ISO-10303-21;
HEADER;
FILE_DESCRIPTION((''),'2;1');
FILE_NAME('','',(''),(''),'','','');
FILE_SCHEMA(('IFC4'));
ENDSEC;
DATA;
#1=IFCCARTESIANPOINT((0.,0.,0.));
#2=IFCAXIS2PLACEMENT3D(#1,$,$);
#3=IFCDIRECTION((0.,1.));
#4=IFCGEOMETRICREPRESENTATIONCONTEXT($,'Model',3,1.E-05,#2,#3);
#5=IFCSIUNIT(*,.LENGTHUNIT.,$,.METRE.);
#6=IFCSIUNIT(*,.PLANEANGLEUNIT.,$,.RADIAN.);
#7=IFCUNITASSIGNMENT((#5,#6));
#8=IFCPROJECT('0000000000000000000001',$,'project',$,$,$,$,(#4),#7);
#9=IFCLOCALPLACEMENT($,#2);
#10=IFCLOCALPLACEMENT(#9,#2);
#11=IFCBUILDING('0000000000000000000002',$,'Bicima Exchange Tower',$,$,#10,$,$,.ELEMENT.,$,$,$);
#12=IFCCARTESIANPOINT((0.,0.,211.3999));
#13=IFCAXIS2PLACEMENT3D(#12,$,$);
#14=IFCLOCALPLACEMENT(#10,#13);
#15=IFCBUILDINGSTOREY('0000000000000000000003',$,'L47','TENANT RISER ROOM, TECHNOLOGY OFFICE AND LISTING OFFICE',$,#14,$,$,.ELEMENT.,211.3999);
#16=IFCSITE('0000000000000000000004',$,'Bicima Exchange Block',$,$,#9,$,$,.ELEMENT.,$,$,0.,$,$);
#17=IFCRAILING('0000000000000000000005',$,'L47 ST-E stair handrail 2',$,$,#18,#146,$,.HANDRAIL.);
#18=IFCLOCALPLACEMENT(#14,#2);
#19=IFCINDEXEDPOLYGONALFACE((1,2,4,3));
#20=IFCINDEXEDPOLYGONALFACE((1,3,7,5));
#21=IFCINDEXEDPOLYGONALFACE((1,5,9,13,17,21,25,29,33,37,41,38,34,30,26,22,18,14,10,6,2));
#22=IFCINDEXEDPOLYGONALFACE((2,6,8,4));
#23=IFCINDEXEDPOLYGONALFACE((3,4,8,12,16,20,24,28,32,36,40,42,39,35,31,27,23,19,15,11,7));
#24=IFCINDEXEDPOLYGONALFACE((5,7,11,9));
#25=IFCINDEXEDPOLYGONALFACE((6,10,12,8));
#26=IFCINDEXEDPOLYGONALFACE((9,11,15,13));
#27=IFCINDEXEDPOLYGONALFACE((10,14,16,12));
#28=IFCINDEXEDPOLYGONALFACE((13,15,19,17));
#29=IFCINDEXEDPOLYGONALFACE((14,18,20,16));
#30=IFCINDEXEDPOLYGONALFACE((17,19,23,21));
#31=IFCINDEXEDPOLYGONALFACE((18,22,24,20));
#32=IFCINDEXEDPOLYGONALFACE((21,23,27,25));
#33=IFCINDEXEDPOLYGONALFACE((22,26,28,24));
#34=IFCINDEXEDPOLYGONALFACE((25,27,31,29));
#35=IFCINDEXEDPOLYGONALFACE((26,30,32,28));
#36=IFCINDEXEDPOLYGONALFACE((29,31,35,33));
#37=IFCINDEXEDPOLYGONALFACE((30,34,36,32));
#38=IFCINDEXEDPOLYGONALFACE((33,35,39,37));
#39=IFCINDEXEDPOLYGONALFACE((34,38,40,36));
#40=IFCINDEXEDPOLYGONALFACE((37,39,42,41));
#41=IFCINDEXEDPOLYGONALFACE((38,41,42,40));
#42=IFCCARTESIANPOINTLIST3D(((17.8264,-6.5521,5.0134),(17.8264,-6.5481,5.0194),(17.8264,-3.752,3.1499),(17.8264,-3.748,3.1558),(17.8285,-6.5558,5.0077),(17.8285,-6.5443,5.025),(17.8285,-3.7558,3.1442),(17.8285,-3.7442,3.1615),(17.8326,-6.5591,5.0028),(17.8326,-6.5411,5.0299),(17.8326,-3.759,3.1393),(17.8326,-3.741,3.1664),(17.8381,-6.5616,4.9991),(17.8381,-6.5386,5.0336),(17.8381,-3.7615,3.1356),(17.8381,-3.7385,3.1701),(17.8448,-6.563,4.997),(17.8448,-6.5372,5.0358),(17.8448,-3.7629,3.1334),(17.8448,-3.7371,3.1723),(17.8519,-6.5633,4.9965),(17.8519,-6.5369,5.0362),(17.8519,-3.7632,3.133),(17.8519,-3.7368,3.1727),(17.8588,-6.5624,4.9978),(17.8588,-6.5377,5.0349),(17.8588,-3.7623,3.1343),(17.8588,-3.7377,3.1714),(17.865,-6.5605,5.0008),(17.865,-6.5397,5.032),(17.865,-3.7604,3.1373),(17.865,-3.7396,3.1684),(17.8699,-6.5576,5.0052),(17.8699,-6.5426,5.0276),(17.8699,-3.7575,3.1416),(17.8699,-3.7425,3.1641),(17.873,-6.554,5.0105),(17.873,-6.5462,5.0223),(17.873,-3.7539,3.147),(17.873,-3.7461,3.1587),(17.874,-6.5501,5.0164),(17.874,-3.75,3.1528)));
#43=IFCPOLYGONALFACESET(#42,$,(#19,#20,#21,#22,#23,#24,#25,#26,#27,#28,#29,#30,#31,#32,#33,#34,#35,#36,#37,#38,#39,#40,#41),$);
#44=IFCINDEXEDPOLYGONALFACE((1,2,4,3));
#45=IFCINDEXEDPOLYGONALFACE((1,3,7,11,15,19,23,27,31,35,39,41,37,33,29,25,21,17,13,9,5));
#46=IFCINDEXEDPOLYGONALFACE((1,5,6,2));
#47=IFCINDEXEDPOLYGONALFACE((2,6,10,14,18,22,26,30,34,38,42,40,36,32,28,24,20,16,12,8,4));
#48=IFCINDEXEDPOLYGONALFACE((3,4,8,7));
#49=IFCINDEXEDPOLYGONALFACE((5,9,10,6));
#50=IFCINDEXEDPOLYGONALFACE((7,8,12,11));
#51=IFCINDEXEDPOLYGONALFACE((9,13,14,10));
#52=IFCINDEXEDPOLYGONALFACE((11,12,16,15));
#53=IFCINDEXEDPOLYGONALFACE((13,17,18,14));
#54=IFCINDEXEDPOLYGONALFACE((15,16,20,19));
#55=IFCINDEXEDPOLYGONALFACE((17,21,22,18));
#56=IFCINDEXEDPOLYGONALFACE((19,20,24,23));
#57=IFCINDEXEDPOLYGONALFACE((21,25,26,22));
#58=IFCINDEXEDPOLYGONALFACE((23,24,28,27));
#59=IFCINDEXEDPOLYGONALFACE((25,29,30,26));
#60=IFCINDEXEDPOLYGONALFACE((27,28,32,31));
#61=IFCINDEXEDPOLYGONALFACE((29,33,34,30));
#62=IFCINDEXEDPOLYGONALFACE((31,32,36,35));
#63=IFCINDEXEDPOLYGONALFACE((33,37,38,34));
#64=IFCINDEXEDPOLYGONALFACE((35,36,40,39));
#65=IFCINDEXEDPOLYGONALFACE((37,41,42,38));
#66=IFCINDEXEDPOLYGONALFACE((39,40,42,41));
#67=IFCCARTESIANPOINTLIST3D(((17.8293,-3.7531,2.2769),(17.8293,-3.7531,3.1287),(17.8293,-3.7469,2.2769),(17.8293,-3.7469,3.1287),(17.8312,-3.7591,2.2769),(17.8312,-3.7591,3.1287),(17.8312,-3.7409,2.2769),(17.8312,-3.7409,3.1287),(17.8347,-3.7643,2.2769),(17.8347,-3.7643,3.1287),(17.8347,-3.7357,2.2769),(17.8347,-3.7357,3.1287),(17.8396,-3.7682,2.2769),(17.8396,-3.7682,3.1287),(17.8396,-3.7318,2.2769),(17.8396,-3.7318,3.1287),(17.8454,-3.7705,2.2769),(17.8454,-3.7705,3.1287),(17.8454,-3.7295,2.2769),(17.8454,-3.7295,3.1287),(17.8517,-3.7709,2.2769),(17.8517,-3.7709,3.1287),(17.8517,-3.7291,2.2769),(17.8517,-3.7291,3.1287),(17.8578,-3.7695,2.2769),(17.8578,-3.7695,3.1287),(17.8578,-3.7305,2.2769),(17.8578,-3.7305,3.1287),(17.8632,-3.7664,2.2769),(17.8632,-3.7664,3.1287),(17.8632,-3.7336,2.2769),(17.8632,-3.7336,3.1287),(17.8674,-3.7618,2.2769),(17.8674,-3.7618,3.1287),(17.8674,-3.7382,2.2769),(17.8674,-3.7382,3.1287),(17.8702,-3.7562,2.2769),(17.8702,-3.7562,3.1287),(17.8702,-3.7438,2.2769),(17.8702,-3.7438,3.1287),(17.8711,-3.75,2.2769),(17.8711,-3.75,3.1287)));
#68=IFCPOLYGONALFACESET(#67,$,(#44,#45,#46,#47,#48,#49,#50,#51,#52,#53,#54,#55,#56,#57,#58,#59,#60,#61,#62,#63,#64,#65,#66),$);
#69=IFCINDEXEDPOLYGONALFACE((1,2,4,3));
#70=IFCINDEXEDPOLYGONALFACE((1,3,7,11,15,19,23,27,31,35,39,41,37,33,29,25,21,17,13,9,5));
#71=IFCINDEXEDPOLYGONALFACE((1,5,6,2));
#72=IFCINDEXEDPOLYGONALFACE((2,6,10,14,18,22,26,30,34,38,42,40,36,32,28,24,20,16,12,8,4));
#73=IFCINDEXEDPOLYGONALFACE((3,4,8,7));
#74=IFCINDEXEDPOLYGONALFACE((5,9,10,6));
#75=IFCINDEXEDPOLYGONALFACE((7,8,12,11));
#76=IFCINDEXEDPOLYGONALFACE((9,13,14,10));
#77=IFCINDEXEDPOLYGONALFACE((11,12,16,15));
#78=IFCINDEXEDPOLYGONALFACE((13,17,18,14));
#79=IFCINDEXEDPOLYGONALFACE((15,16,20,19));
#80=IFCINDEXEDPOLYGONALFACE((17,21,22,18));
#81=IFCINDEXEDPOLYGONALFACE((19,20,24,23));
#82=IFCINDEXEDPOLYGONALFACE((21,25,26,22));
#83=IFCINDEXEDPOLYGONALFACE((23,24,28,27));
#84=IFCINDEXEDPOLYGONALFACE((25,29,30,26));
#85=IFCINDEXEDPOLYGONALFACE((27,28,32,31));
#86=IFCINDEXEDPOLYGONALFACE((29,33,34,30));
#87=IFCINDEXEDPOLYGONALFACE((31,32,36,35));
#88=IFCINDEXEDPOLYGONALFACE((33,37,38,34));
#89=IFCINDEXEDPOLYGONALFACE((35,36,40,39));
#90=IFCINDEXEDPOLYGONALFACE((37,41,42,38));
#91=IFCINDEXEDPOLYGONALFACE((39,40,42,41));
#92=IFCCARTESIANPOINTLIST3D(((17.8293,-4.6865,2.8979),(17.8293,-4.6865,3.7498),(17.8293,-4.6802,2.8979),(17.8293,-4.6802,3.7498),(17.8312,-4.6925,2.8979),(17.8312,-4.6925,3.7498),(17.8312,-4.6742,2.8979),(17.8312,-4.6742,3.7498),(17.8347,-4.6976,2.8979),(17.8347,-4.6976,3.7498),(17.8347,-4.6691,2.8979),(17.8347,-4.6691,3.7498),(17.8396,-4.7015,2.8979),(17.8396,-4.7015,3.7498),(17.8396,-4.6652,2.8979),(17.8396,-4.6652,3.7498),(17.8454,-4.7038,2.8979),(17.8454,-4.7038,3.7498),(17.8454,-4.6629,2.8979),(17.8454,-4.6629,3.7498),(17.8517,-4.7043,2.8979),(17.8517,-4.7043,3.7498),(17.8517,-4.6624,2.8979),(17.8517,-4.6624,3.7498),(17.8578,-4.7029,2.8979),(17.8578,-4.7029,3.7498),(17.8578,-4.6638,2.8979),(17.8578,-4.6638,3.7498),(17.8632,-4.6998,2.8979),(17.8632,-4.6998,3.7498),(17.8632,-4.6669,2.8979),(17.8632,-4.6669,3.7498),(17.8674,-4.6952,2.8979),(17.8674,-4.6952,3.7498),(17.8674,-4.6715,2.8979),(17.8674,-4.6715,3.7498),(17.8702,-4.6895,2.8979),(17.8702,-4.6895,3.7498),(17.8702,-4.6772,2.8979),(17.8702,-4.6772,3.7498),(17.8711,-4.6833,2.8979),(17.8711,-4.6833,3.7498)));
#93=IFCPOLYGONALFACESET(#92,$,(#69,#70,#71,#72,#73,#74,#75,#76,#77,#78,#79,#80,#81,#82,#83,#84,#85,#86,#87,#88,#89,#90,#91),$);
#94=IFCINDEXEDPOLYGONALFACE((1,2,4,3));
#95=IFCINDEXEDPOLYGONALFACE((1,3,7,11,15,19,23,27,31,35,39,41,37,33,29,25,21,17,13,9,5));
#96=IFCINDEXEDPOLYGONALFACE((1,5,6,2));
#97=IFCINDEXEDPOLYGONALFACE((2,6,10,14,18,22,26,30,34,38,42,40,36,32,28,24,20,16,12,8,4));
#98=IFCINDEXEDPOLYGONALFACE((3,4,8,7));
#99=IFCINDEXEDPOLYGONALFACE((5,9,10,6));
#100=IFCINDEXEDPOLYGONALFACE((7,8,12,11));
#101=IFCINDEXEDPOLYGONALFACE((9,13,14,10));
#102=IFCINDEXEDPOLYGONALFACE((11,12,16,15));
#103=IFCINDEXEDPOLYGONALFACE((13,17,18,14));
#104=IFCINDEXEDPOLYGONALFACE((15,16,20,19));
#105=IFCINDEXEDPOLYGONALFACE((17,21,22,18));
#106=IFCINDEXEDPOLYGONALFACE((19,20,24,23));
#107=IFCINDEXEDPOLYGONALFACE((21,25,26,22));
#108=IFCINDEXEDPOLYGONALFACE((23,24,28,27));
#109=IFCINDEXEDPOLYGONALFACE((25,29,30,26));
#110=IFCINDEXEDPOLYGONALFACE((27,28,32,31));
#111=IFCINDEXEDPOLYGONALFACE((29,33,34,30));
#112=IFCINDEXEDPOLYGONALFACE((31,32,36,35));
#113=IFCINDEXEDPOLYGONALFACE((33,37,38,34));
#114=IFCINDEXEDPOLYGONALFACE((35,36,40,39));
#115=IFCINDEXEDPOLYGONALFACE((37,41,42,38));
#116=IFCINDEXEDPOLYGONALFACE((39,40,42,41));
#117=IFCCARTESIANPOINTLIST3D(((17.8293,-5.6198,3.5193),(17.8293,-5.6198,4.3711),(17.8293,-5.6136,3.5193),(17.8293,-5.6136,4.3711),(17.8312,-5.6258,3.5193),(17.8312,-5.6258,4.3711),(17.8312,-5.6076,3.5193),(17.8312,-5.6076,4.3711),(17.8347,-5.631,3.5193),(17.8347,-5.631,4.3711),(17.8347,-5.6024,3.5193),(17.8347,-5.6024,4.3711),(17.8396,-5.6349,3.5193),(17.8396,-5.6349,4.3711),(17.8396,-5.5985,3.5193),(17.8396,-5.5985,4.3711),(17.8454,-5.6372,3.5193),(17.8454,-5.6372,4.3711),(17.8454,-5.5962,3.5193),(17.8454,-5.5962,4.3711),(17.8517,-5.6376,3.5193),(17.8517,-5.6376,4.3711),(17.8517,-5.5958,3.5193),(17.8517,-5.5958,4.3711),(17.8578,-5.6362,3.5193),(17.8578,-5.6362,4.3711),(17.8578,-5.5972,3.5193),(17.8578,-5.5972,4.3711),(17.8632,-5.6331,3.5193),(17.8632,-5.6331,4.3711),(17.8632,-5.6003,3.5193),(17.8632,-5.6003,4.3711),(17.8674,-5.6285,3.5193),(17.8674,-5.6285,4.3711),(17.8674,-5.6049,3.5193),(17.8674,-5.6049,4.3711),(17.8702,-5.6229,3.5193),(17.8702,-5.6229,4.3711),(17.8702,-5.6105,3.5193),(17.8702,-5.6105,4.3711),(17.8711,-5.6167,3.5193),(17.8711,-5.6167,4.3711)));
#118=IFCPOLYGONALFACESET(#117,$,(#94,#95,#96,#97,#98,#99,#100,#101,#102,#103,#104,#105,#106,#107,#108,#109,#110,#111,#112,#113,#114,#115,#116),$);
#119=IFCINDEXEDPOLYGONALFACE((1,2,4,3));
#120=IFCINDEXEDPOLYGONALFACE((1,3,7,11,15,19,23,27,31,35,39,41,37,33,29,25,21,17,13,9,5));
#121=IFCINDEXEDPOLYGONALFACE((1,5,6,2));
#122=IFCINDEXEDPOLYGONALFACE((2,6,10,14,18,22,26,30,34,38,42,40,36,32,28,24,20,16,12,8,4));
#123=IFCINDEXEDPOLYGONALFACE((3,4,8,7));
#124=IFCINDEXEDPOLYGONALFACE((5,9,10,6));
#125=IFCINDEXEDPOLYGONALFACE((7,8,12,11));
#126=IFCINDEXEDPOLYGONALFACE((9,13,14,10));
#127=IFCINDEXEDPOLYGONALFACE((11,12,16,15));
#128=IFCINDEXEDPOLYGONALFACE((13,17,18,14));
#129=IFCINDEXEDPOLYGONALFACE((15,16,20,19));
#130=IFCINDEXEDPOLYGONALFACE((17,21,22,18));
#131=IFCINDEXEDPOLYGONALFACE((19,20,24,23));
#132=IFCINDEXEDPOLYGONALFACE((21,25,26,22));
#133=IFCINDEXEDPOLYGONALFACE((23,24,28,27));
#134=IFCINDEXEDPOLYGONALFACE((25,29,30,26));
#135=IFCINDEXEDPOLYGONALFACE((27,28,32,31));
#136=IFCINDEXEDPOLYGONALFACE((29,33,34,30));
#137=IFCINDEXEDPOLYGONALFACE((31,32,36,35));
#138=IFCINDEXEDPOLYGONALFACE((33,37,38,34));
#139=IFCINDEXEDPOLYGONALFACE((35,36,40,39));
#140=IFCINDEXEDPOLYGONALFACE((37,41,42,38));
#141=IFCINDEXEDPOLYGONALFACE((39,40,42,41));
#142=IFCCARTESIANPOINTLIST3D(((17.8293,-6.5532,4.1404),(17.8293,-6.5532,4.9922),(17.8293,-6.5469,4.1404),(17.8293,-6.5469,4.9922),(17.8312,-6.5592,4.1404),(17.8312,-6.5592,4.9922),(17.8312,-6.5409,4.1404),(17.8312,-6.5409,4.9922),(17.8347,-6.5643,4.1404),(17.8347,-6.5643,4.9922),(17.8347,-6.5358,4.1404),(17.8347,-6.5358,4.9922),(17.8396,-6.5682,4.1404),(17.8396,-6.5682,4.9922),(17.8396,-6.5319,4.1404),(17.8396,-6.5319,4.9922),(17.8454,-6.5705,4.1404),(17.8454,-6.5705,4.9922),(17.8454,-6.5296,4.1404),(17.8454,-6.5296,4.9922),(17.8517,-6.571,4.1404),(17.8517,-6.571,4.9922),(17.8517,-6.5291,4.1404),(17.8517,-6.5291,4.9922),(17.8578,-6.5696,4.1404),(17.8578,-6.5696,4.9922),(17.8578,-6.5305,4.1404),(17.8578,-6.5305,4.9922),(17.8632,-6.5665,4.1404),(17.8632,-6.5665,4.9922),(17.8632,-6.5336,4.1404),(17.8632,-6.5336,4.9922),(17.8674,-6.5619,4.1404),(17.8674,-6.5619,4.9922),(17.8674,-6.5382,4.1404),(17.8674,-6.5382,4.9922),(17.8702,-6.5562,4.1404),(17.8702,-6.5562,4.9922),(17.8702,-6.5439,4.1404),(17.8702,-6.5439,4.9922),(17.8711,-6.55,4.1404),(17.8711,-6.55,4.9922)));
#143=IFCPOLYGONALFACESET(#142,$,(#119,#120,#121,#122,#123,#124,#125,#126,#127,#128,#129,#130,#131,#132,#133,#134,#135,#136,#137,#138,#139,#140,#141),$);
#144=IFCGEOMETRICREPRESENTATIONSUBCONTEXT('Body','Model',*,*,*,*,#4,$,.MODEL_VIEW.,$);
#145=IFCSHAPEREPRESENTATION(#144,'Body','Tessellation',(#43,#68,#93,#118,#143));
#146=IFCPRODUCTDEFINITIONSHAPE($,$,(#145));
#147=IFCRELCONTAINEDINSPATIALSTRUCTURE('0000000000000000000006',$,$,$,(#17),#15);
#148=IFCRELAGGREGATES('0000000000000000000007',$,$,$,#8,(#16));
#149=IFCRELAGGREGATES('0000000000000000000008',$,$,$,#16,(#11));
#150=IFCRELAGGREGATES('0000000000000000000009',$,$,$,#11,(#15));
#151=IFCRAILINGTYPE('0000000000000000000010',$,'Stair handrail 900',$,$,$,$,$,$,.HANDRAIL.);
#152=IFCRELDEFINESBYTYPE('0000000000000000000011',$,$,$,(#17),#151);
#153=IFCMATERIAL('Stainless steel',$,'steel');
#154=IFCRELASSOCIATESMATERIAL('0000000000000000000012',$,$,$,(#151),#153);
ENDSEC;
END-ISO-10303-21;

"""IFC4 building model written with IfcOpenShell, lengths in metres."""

from ifc_helpers import new_model, si_unit, direction, frame, origin, origin_2d, place, context, subcontext, project, spatial, circle, extrude, material, type_object, element, save


model = new_model("IFC4")

# Units and contexts
model_context = context("Model", 3, precision=1e-05, world=origin(), true_north=direction((0.0, 1.0)))
body_context = subcontext(model_context, "Body", "Model", "MODEL_VIEW")
ifc_project = project(units=[si_unit("LENGTHUNIT", "METRE"), si_unit("PLANEANGLEUNIT", "RADIAN")], contexts=[model_context])

# Site, building, storey
site_placement = place(None, origin())
site = spatial("IfcSite", under=ifc_project, at=site_placement, Name="Bicima Exchange Block", CompositionType="ELEMENT", RefElevation=0.0)
building_placement = place(site_placement, origin())
building = spatial("IfcBuilding", under=site, at=building_placement, Name="Bicima Exchange Tower", CompositionType="ELEMENT")
storey_placement = place(building_placement, frame((0.0, 0.0, 211.3999)))
storey = spatial("IfcBuildingStorey", under=building, at=storey_placement, Name="L47", Description="TENANT RISER ROOM, TECHNOLOGY OFFICE AND LISTING OFFICE", CompositionType="ELEMENT", Elevation=211.3999)

# Railing
ifc_material_1 = material(Name="Stainless steel", Category="steel")
railing_type_1 = type_object("IfcRailingType", Name="Stair handrail 900", PredefinedType="HANDRAIL", material=ifc_material_1)
for number, where, name in (
    (1, (17.8501, -3.75, 2.2769), "L47 ST-E stair handrail 2"),
):
    element("IfcRailing", number, at=place(storey_placement, frame(where)), inside=storey, type_object=railing_type_1, Name=name, PredefinedType="HANDRAIL", context=body_context, shape_type="SweptSolid", body=[
        extrude(circle(Radius=0.0239, at=origin_2d()), frame((0.0, 0.0, 0.876), z_axis=(0.0, -0.832486, 0.554047), x_axis=(1.0, 0.0, 0.0)), (0.0, 0.0, 1.0), 3.3635),
        extrude(circle(Radius=0.021, at=origin_2d()), origin(), (0.0, 0.0, 1.0), 0.8518),
        extrude(circle(Radius=0.021, at=origin_2d()), frame((0.0, -0.9333, 0.6211)), (0.0, 0.0, 1.0), 0.8518),
        extrude(circle(Radius=0.021, at=origin_2d()), frame((0.0, -1.8667, 1.2424)), (0.0, 0.0, 1.0), 0.8518),
        extrude(circle(Radius=0.021, at=origin_2d()), frame((0.0, -2.8, 1.8635)), (0.0, 0.0, 1.0), 0.8518),
    ])

save(model, "model.ifc")
